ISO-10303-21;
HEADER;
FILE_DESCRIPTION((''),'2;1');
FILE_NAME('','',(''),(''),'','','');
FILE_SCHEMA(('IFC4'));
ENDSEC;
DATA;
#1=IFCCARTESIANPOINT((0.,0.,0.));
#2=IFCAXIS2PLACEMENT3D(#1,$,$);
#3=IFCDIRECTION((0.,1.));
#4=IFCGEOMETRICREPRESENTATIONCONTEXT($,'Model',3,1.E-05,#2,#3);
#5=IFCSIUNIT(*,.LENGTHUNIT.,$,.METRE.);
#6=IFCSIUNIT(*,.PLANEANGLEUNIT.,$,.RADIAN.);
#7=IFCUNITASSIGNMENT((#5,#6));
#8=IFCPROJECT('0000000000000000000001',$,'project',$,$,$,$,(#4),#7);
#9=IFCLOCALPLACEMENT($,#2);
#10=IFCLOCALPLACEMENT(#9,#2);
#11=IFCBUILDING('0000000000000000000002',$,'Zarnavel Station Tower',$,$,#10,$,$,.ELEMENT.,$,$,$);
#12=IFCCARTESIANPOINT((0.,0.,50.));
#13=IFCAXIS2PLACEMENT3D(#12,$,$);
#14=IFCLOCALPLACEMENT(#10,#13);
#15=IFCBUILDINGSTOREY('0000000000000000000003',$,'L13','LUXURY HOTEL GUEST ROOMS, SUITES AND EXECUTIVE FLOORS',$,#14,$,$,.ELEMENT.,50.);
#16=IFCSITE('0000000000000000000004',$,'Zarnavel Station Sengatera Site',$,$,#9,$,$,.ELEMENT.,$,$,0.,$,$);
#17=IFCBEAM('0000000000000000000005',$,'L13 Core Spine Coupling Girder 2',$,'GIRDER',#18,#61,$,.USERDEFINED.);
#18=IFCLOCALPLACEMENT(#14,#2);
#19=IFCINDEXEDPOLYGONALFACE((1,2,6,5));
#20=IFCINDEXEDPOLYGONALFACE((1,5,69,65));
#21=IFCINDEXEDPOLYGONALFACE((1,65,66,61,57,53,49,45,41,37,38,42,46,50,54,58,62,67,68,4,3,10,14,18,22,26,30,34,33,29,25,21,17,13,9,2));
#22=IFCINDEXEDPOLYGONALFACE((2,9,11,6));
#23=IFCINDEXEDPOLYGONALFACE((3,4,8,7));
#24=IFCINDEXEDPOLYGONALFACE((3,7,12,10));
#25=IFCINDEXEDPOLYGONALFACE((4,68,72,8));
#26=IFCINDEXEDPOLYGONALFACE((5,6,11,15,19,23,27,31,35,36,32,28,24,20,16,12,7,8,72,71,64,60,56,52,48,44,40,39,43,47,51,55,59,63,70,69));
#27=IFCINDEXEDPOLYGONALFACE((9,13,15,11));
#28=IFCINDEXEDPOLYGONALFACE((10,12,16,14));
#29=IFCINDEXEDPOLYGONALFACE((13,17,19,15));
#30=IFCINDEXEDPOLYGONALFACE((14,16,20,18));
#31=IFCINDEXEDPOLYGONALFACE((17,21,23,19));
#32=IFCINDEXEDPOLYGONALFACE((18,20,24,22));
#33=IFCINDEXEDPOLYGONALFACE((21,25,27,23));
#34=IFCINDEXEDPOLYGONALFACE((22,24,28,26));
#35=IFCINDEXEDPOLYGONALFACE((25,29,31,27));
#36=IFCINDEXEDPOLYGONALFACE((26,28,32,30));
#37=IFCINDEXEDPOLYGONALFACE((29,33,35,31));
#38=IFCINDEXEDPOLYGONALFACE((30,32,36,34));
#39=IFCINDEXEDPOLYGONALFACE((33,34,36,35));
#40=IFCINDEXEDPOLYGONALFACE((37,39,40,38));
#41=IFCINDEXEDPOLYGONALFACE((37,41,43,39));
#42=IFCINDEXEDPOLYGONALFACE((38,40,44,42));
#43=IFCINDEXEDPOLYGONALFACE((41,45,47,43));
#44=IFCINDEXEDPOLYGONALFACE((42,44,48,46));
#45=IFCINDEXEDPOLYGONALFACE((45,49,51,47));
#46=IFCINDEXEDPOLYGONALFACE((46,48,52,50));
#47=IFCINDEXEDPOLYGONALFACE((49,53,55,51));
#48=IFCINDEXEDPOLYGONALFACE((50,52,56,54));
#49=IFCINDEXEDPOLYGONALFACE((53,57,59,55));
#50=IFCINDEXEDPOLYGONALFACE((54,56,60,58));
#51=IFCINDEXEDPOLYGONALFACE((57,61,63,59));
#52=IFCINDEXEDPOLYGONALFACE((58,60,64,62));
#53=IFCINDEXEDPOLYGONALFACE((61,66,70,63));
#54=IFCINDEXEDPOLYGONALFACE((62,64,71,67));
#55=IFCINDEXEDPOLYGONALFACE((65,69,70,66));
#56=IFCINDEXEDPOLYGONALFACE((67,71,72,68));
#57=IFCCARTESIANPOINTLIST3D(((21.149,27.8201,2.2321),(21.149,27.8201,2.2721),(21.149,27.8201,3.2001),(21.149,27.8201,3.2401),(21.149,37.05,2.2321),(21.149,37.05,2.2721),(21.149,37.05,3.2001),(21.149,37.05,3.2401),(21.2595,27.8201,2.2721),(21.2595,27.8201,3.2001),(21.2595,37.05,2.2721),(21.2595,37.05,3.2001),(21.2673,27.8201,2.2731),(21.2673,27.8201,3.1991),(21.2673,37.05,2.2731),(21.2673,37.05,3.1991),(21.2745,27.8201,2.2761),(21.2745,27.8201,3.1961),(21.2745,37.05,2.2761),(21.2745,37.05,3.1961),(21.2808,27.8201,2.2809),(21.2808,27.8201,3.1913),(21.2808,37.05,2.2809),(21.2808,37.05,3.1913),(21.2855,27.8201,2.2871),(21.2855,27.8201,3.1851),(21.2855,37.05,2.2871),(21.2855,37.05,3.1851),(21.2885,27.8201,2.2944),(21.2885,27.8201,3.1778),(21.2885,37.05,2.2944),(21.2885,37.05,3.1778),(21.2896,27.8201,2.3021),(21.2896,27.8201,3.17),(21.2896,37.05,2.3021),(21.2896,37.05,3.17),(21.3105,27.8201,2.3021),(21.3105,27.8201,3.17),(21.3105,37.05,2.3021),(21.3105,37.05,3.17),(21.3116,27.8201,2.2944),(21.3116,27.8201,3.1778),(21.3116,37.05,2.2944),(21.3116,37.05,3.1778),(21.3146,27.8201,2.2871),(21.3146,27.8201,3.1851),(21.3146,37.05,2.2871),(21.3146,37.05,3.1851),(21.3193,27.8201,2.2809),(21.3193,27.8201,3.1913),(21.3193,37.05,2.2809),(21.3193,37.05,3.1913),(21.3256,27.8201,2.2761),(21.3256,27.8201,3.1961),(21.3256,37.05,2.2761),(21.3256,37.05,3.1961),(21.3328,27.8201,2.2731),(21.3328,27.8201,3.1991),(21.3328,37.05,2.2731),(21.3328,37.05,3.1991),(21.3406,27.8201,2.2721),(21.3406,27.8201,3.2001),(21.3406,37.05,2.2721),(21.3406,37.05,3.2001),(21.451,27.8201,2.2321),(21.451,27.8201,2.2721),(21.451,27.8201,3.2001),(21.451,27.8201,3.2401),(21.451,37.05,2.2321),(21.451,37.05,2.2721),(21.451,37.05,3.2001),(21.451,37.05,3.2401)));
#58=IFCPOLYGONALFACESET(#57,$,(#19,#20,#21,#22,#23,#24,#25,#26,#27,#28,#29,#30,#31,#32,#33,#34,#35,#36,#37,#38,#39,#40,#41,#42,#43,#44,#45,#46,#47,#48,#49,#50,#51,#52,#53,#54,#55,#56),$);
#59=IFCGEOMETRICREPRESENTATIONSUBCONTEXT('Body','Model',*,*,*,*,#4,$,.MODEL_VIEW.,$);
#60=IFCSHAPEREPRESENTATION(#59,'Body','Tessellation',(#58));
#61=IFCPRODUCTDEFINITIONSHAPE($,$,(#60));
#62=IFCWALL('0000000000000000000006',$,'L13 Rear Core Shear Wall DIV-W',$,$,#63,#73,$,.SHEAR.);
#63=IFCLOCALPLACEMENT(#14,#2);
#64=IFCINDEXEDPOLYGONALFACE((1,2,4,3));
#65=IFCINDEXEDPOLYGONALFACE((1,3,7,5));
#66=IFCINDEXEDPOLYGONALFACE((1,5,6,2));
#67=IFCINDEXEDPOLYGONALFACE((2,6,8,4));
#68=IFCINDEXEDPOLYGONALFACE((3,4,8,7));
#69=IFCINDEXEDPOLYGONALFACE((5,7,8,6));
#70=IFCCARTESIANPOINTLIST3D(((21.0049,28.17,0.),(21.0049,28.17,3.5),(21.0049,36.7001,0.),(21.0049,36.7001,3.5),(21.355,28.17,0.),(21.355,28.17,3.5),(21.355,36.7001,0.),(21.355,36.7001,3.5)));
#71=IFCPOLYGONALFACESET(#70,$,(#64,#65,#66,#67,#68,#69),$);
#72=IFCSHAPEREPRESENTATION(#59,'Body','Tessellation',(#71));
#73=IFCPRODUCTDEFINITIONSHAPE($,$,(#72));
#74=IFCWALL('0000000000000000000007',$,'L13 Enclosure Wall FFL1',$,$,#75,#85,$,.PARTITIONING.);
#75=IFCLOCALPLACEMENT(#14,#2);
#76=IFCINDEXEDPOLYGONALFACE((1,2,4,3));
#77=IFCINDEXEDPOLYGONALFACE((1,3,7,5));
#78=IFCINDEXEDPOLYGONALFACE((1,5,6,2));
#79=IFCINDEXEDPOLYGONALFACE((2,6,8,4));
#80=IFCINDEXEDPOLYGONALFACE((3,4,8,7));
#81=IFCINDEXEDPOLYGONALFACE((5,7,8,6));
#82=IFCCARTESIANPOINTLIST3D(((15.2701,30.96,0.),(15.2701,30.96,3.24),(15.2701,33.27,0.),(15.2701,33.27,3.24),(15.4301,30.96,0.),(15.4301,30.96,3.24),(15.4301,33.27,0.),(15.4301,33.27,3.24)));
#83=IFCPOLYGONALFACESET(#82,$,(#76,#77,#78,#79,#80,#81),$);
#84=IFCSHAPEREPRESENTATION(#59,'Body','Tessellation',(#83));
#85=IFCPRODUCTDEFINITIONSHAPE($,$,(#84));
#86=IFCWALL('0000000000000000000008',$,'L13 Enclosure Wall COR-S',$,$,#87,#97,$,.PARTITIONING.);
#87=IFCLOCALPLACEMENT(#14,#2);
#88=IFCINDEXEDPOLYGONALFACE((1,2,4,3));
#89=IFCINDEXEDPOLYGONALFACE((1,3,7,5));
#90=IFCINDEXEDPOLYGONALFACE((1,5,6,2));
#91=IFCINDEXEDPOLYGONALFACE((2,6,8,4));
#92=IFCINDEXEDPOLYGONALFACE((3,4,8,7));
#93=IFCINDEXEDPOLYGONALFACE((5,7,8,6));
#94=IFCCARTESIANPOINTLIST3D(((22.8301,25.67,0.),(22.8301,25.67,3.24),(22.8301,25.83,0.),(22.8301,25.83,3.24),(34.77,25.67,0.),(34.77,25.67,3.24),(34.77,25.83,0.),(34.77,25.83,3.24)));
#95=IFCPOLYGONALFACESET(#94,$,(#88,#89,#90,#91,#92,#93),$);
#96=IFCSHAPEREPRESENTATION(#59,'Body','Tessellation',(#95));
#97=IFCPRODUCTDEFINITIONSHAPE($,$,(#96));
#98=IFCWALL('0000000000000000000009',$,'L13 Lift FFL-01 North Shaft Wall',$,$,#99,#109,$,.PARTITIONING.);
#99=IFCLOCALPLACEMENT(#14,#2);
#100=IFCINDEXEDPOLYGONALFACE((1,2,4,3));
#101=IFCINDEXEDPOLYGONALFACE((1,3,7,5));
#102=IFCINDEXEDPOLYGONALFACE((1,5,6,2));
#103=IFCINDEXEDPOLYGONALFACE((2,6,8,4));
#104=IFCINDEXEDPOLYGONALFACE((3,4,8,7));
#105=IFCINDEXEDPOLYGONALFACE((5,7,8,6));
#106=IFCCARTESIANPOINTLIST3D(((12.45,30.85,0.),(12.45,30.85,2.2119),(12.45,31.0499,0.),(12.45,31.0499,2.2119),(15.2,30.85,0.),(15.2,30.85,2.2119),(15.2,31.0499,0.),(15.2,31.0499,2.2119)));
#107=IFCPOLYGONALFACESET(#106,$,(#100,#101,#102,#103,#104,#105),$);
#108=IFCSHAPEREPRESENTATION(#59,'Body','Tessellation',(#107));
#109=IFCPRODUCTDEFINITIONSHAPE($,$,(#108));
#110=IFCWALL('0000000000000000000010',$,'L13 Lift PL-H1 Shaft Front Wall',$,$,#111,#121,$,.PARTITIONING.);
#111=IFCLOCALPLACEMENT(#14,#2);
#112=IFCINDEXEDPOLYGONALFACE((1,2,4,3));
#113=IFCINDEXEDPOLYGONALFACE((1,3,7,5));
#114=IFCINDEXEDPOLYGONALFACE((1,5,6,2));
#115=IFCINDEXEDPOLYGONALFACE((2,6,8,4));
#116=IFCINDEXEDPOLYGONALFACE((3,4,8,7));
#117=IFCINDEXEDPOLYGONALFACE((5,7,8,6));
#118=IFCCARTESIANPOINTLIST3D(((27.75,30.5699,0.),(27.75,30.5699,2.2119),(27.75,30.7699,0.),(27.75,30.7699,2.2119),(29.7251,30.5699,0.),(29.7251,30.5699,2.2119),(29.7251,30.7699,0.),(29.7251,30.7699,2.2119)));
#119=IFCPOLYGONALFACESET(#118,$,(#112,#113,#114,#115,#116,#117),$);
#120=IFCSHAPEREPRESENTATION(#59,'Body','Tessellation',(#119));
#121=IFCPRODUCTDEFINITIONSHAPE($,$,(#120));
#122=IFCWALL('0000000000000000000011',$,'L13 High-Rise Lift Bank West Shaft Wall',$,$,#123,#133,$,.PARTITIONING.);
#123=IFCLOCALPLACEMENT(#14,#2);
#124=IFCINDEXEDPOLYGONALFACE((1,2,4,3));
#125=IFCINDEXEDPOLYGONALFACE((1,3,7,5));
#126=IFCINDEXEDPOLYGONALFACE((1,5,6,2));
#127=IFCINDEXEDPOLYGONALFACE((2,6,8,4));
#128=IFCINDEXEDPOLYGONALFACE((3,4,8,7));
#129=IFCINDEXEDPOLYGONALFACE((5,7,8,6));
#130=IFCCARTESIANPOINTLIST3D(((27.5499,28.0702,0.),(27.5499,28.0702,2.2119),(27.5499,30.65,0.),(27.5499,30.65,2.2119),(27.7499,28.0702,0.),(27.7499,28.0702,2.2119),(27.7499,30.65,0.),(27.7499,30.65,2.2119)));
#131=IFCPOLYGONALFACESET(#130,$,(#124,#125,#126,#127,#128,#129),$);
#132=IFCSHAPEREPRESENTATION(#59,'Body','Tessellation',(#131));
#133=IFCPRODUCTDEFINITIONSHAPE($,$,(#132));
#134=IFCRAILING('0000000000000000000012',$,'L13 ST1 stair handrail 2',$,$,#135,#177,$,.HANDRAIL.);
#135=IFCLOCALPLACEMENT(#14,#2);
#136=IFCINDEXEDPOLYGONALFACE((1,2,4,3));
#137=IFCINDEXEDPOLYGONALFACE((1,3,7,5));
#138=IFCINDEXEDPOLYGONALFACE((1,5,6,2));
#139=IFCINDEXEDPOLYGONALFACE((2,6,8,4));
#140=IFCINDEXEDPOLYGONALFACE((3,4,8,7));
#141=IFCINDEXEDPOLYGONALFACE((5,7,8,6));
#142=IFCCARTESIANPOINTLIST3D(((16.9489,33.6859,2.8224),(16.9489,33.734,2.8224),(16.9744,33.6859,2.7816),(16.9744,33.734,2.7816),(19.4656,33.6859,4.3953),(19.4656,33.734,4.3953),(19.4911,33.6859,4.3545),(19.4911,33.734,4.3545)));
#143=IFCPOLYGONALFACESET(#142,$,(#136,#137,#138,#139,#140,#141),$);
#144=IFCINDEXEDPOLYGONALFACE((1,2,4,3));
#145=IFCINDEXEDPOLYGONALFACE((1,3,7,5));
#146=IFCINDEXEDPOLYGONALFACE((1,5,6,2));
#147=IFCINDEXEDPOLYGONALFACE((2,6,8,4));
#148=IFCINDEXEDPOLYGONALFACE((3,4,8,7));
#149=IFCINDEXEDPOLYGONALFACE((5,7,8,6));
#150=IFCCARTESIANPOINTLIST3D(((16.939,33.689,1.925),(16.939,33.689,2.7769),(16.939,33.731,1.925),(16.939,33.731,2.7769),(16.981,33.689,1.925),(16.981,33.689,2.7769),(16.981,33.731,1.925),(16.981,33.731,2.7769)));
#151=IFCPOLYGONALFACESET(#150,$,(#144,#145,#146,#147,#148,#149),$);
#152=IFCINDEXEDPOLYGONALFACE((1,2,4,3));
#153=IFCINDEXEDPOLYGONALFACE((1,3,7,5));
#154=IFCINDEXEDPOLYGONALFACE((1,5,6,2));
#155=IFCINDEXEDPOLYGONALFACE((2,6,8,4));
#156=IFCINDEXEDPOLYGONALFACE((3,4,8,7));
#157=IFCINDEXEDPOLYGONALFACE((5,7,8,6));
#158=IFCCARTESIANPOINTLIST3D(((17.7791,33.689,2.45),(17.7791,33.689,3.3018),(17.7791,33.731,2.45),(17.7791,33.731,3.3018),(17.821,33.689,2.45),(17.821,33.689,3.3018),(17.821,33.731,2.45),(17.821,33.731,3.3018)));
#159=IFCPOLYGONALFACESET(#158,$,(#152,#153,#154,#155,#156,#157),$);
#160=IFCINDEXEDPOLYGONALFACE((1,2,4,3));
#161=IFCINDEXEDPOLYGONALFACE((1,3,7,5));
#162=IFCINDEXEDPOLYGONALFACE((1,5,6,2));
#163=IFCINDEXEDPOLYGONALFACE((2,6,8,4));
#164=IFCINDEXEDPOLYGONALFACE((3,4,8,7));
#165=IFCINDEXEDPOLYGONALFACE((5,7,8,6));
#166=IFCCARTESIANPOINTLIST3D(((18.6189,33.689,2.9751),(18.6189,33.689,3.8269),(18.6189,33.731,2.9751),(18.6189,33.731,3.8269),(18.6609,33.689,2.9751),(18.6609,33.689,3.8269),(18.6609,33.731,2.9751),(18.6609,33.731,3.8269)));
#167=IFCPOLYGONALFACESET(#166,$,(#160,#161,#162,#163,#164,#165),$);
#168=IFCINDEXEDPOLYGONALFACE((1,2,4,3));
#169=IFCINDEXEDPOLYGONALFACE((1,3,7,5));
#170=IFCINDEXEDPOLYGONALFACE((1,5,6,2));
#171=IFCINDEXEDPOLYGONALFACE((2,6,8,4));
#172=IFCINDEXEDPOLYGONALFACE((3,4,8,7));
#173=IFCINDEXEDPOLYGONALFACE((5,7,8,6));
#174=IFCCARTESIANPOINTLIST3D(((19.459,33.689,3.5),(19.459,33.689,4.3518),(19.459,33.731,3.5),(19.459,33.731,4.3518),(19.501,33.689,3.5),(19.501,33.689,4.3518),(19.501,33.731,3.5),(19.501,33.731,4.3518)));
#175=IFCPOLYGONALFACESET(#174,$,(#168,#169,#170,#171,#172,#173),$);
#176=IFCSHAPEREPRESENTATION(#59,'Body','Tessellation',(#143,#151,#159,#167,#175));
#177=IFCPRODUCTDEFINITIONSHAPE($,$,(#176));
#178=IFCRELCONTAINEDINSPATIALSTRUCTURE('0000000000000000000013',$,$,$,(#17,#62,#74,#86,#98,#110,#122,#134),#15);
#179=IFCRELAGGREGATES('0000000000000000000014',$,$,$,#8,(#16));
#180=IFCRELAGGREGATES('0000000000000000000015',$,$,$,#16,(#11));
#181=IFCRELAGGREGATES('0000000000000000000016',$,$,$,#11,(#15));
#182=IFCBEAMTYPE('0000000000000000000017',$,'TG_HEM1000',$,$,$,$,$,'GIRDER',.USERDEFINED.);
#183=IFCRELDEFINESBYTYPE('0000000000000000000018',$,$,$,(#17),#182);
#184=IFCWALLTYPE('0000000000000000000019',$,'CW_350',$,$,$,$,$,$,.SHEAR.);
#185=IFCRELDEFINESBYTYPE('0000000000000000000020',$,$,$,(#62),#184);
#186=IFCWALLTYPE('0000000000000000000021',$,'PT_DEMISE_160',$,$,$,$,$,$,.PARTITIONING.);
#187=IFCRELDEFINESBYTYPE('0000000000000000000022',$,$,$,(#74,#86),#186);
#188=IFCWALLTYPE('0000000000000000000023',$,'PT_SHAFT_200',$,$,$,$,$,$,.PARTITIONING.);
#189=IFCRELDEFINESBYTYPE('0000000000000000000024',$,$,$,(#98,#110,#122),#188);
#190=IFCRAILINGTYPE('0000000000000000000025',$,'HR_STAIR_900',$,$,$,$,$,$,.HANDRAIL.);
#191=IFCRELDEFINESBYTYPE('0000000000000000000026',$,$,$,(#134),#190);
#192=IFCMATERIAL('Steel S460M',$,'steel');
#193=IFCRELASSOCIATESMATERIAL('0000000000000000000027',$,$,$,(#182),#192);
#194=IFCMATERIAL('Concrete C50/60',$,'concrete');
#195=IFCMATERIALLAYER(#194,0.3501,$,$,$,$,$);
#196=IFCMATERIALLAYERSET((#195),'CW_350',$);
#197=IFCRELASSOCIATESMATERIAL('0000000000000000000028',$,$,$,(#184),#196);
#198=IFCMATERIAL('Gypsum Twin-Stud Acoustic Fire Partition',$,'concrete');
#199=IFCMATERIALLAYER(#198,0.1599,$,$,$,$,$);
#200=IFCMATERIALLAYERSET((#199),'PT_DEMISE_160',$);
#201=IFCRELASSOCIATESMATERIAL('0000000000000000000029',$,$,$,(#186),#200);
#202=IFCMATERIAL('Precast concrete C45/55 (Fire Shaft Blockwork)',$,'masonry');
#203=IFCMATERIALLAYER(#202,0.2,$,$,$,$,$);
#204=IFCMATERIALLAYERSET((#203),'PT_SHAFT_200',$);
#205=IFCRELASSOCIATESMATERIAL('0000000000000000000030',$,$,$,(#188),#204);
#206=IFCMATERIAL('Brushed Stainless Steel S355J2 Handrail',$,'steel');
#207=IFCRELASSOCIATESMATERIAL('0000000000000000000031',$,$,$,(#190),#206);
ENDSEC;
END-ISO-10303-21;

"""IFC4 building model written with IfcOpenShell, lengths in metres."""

from ifc_helpers import new_model, si_unit, direction, frame, frame_2d, origin, origin_2d, place, context, subcontext, project, spatial, rectangle, i_section, extrude, material, layer, layer_set, material_profile, profile_set, type_object, element, save


model = new_model("IFC4")

# Units and contexts
model_context = context("Model", 3, precision=1e-05, world=origin(), true_north=direction((0.0, 1.0)))
body_context = subcontext(model_context, "Body", "Model", "MODEL_VIEW")
ifc_project = project(units=[si_unit("LENGTHUNIT", "METRE"), si_unit("PLANEANGLEUNIT", "RADIAN")], contexts=[model_context])

# Site, building, storey
site_placement = place(None, origin())
site = spatial("IfcSite", under=ifc_project, at=site_placement, Name="Zarnavel Station Sengatera Site", CompositionType="ELEMENT", RefElevation=0.0)
building_placement = place(site_placement, origin())
building = spatial("IfcBuilding", under=site, at=building_placement, Name="Zarnavel Station Tower", CompositionType="ELEMENT")
storey_placement = place(building_placement, frame((0.0, 0.0, 50.0)))
storey = spatial("IfcBuildingStorey", under=building, at=storey_placement, Name="L13", Description="LUXURY HOTEL GUEST ROOMS, SUITES AND EXECUTIVE FLOORS", CompositionType="ELEMENT", Elevation=50.0)

# Beam
ifc_material_1 = material(Name="Steel S460M", Category="steel")
ifc_material_profile_1 = material_profile(ifc_material_1, i_section(OverallWidth=0.302, OverallDepth=1.0081, WebThickness=0.021, FlangeThickness=0.04, FilletRadius=0.03, at=origin_2d()), Name="HEM1000")
ifc_profile_set_1 = profile_set([ifc_material_profile_1], Name="Steel S460M")
beam_type_1 = type_object("IfcBeamType", Name="TG_HEM1000", ElementType="GIRDER", PredefinedType="USERDEFINED", material=ifc_profile_set_1)
beam_1_placement = place(storey_placement, frame((21.3, 27.8201, 2.7361), z_axis=(0.0, 1.0, 0.0), x_axis=(-1.0, 0.0, 0.0)))
element("IfcBeam", 1, at=beam_1_placement, inside=storey, type_object=beam_type_1, Name="L13 Core Spine Coupling Girder 2", ObjectType="GIRDER", PredefinedType="USERDEFINED", context=body_context, shape_type="SweptSolid", body=[
    extrude(i_section(OverallWidth=0.302, OverallDepth=1.0081, WebThickness=0.021, FlangeThickness=0.04, FilletRadius=0.03, at=origin_2d()), origin(), (0.0, 0.0, 1.0), 9.23),
])

# Wall
ifc_material_2 = material(Name="Concrete C50/60", Category="concrete")
ifc_layer_1 = layer(ifc_material_2, 0.3501)
ifc_layer_set_1 = layer_set([ifc_layer_1], Name="CW_350")
wall_type_1 = type_object("IfcWallType", Name="CW_350", PredefinedType="SHEAR", material=ifc_layer_set_1)
wall_1_placement = place(storey_placement, frame((21.1799, 28.1699, 0.0), z_axis=(0.0, 0.0, 1.0), x_axis=(0.0, 1.0, 0.0)))
element("IfcWall", 2, at=wall_1_placement, inside=storey, type_object=wall_type_1, Name="L13 Rear Core Shear Wall DIV-W", PredefinedType="SHEAR", context=body_context, shape_type="SweptSolid", body=[
    extrude(rectangle(XDim=8.53, YDim=0.3501, at=frame_2d((4.2651, 0.0))), origin(), (0.0, 0.0, 1.0), 3.5),
])

# Walls
ifc_material_3 = material(Name="Gypsum Twin-Stud Acoustic Fire Partition", Category="concrete")
ifc_layer_2 = layer(ifc_material_3, 0.1599)
ifc_layer_set_2 = layer_set([ifc_layer_2], Name="PT_DEMISE_160")
wall_type_2 = type_object("IfcWallType", Name="PT_DEMISE_160", PredefinedType="PARTITIONING", material=ifc_layer_set_2)
wall_2_placement = place(storey_placement, frame((15.3501, 30.96, 0.0), z_axis=(0.0, 0.0, 1.0), x_axis=(0.0, 1.0, 0.0)))
element("IfcWall", 3, at=wall_2_placement, inside=storey, type_object=wall_type_2, Name="L13 Enclosure Wall FFL1", PredefinedType="PARTITIONING", context=body_context, shape_type="SweptSolid", body=[
    extrude(rectangle(XDim=2.3101, YDim=0.1599, at=frame_2d((1.155, 0.0))), origin(), (0.0, 0.0, 1.0), 3.24),
])
wall_3_placement = place(storey_placement, frame((22.8301, 25.75, 0.0), z_axis=(0.0, 0.0, 1.0), x_axis=(1.0, 0.0, 0.0)))
element("IfcWall", 4, at=wall_3_placement, inside=storey, type_object=wall_type_2, Name="L13 Enclosure Wall COR-S", PredefinedType="PARTITIONING", context=body_context, shape_type="SweptSolid", body=[
    extrude(rectangle(XDim=11.9399, YDim=0.1599, at=frame_2d((5.97, 0.0))), origin(), (0.0, 0.0, 1.0), 3.24),
])

# Shared definitions
ifc_material_4 = material(Name="Precast concrete C45/55 (Fire Shaft Blockwork)", Category="masonry")
ifc_layer_3 = layer(ifc_material_4, 0.2)
ifc_layer_set_3 = layer_set([ifc_layer_3], Name="PT_SHAFT_200")
wall_type_3 = type_object("IfcWallType", Name="PT_SHAFT_200", PredefinedType="PARTITIONING", material=ifc_layer_set_3)

# Walls
wall_4_placement = place(storey_placement, frame((12.45, 30.95, 0.0), z_axis=(0.0, 0.0, 1.0), x_axis=(1.0, 0.0, 0.0)))
element("IfcWall", 5, at=wall_4_placement, inside=storey, type_object=wall_type_3, Name="L13 Lift FFL-01 North Shaft Wall", PredefinedType="PARTITIONING", context=body_context, shape_type="SweptSolid", body=[
    extrude(rectangle(XDim=2.75, YDim=0.2, at=frame_2d((1.375, 0.0))), origin(), (0.0, 0.0, 1.0), 2.2119),
])
wall_5_placement = place(storey_placement, frame((27.75, 30.6699, 0.0), z_axis=(0.0, 0.0, 1.0), x_axis=(1.0, 0.0, 0.0)))
element("IfcWall", 6, at=wall_5_placement, inside=storey, type_object=wall_type_3, Name="L13 Lift PL-H1 Shaft Front Wall", PredefinedType="PARTITIONING", context=body_context, shape_type="SweptSolid", body=[
    extrude(rectangle(XDim=1.9751, YDim=0.2, at=frame_2d((0.9875, 0.0))), origin(), (0.0, 0.0, 1.0), 2.2119),
])
wall_6_placement = place(storey_placement, frame((27.6499, 28.0701, 0.0), z_axis=(0.0, 0.0, 1.0), x_axis=(0.0, 1.0, 0.0)))
element("IfcWall", 7, at=wall_6_placement, inside=storey, type_object=wall_type_3, Name="L13 High-Rise Lift Bank West Shaft Wall", PredefinedType="PARTITIONING", context=body_context, shape_type="SweptSolid", body=[
    extrude(rectangle(XDim=2.5798, YDim=0.2, at=frame_2d((1.29, 0.0))), origin(), (0.0, 0.0, 1.0), 2.2119),
])

# Railing
ifc_material_5 = material(Name="Brushed Stainless Steel S355J2 Handrail", Category="steel")
railing_type = type_object("IfcRailingType", Name="HR_STAIR_900", PredefinedType="HANDRAIL", material=ifc_material_5)
railing_placement = place(storey_placement, frame((16.96, 33.71, 1.925)))
element("IfcRailing", 8, at=railing_placement, inside=storey, type_object=railing_type, Name="L13 ST1 stair handrail 2", PredefinedType="HANDRAIL", context=body_context, shape_type="SweptSolid", body=[
    extrude(rectangle(XDim=0.0481, YDim=0.0481, at=origin_2d()), frame((0.0017, 0.0, 0.877), z_axis=(0.848008, 0.0, 0.529984), x_axis=(0.0, 1.0, 0.0)), (0.0, 0.0, 1.0), 2.9678),
    extrude(rectangle(XDim=0.042, YDim=0.042, at=origin_2d()), origin(), (0.0, 0.0, 1.0), 0.8518),
    extrude(rectangle(XDim=0.042, YDim=0.042, at=origin_2d()), frame((0.8401, 0.0, 0.5249)), (0.0, 0.0, 1.0), 0.8518),
    extrude(rectangle(XDim=0.042, YDim=0.042, at=origin_2d()), frame((1.6799, 0.0, 1.05)), (0.0, 0.0, 1.0), 0.8518),
    extrude(rectangle(XDim=0.042, YDim=0.042, at=origin_2d()), frame((2.52, 0.0, 1.575)), (0.0, 0.0, 1.0), 0.8518),
])

save(model, "model.ifc")
